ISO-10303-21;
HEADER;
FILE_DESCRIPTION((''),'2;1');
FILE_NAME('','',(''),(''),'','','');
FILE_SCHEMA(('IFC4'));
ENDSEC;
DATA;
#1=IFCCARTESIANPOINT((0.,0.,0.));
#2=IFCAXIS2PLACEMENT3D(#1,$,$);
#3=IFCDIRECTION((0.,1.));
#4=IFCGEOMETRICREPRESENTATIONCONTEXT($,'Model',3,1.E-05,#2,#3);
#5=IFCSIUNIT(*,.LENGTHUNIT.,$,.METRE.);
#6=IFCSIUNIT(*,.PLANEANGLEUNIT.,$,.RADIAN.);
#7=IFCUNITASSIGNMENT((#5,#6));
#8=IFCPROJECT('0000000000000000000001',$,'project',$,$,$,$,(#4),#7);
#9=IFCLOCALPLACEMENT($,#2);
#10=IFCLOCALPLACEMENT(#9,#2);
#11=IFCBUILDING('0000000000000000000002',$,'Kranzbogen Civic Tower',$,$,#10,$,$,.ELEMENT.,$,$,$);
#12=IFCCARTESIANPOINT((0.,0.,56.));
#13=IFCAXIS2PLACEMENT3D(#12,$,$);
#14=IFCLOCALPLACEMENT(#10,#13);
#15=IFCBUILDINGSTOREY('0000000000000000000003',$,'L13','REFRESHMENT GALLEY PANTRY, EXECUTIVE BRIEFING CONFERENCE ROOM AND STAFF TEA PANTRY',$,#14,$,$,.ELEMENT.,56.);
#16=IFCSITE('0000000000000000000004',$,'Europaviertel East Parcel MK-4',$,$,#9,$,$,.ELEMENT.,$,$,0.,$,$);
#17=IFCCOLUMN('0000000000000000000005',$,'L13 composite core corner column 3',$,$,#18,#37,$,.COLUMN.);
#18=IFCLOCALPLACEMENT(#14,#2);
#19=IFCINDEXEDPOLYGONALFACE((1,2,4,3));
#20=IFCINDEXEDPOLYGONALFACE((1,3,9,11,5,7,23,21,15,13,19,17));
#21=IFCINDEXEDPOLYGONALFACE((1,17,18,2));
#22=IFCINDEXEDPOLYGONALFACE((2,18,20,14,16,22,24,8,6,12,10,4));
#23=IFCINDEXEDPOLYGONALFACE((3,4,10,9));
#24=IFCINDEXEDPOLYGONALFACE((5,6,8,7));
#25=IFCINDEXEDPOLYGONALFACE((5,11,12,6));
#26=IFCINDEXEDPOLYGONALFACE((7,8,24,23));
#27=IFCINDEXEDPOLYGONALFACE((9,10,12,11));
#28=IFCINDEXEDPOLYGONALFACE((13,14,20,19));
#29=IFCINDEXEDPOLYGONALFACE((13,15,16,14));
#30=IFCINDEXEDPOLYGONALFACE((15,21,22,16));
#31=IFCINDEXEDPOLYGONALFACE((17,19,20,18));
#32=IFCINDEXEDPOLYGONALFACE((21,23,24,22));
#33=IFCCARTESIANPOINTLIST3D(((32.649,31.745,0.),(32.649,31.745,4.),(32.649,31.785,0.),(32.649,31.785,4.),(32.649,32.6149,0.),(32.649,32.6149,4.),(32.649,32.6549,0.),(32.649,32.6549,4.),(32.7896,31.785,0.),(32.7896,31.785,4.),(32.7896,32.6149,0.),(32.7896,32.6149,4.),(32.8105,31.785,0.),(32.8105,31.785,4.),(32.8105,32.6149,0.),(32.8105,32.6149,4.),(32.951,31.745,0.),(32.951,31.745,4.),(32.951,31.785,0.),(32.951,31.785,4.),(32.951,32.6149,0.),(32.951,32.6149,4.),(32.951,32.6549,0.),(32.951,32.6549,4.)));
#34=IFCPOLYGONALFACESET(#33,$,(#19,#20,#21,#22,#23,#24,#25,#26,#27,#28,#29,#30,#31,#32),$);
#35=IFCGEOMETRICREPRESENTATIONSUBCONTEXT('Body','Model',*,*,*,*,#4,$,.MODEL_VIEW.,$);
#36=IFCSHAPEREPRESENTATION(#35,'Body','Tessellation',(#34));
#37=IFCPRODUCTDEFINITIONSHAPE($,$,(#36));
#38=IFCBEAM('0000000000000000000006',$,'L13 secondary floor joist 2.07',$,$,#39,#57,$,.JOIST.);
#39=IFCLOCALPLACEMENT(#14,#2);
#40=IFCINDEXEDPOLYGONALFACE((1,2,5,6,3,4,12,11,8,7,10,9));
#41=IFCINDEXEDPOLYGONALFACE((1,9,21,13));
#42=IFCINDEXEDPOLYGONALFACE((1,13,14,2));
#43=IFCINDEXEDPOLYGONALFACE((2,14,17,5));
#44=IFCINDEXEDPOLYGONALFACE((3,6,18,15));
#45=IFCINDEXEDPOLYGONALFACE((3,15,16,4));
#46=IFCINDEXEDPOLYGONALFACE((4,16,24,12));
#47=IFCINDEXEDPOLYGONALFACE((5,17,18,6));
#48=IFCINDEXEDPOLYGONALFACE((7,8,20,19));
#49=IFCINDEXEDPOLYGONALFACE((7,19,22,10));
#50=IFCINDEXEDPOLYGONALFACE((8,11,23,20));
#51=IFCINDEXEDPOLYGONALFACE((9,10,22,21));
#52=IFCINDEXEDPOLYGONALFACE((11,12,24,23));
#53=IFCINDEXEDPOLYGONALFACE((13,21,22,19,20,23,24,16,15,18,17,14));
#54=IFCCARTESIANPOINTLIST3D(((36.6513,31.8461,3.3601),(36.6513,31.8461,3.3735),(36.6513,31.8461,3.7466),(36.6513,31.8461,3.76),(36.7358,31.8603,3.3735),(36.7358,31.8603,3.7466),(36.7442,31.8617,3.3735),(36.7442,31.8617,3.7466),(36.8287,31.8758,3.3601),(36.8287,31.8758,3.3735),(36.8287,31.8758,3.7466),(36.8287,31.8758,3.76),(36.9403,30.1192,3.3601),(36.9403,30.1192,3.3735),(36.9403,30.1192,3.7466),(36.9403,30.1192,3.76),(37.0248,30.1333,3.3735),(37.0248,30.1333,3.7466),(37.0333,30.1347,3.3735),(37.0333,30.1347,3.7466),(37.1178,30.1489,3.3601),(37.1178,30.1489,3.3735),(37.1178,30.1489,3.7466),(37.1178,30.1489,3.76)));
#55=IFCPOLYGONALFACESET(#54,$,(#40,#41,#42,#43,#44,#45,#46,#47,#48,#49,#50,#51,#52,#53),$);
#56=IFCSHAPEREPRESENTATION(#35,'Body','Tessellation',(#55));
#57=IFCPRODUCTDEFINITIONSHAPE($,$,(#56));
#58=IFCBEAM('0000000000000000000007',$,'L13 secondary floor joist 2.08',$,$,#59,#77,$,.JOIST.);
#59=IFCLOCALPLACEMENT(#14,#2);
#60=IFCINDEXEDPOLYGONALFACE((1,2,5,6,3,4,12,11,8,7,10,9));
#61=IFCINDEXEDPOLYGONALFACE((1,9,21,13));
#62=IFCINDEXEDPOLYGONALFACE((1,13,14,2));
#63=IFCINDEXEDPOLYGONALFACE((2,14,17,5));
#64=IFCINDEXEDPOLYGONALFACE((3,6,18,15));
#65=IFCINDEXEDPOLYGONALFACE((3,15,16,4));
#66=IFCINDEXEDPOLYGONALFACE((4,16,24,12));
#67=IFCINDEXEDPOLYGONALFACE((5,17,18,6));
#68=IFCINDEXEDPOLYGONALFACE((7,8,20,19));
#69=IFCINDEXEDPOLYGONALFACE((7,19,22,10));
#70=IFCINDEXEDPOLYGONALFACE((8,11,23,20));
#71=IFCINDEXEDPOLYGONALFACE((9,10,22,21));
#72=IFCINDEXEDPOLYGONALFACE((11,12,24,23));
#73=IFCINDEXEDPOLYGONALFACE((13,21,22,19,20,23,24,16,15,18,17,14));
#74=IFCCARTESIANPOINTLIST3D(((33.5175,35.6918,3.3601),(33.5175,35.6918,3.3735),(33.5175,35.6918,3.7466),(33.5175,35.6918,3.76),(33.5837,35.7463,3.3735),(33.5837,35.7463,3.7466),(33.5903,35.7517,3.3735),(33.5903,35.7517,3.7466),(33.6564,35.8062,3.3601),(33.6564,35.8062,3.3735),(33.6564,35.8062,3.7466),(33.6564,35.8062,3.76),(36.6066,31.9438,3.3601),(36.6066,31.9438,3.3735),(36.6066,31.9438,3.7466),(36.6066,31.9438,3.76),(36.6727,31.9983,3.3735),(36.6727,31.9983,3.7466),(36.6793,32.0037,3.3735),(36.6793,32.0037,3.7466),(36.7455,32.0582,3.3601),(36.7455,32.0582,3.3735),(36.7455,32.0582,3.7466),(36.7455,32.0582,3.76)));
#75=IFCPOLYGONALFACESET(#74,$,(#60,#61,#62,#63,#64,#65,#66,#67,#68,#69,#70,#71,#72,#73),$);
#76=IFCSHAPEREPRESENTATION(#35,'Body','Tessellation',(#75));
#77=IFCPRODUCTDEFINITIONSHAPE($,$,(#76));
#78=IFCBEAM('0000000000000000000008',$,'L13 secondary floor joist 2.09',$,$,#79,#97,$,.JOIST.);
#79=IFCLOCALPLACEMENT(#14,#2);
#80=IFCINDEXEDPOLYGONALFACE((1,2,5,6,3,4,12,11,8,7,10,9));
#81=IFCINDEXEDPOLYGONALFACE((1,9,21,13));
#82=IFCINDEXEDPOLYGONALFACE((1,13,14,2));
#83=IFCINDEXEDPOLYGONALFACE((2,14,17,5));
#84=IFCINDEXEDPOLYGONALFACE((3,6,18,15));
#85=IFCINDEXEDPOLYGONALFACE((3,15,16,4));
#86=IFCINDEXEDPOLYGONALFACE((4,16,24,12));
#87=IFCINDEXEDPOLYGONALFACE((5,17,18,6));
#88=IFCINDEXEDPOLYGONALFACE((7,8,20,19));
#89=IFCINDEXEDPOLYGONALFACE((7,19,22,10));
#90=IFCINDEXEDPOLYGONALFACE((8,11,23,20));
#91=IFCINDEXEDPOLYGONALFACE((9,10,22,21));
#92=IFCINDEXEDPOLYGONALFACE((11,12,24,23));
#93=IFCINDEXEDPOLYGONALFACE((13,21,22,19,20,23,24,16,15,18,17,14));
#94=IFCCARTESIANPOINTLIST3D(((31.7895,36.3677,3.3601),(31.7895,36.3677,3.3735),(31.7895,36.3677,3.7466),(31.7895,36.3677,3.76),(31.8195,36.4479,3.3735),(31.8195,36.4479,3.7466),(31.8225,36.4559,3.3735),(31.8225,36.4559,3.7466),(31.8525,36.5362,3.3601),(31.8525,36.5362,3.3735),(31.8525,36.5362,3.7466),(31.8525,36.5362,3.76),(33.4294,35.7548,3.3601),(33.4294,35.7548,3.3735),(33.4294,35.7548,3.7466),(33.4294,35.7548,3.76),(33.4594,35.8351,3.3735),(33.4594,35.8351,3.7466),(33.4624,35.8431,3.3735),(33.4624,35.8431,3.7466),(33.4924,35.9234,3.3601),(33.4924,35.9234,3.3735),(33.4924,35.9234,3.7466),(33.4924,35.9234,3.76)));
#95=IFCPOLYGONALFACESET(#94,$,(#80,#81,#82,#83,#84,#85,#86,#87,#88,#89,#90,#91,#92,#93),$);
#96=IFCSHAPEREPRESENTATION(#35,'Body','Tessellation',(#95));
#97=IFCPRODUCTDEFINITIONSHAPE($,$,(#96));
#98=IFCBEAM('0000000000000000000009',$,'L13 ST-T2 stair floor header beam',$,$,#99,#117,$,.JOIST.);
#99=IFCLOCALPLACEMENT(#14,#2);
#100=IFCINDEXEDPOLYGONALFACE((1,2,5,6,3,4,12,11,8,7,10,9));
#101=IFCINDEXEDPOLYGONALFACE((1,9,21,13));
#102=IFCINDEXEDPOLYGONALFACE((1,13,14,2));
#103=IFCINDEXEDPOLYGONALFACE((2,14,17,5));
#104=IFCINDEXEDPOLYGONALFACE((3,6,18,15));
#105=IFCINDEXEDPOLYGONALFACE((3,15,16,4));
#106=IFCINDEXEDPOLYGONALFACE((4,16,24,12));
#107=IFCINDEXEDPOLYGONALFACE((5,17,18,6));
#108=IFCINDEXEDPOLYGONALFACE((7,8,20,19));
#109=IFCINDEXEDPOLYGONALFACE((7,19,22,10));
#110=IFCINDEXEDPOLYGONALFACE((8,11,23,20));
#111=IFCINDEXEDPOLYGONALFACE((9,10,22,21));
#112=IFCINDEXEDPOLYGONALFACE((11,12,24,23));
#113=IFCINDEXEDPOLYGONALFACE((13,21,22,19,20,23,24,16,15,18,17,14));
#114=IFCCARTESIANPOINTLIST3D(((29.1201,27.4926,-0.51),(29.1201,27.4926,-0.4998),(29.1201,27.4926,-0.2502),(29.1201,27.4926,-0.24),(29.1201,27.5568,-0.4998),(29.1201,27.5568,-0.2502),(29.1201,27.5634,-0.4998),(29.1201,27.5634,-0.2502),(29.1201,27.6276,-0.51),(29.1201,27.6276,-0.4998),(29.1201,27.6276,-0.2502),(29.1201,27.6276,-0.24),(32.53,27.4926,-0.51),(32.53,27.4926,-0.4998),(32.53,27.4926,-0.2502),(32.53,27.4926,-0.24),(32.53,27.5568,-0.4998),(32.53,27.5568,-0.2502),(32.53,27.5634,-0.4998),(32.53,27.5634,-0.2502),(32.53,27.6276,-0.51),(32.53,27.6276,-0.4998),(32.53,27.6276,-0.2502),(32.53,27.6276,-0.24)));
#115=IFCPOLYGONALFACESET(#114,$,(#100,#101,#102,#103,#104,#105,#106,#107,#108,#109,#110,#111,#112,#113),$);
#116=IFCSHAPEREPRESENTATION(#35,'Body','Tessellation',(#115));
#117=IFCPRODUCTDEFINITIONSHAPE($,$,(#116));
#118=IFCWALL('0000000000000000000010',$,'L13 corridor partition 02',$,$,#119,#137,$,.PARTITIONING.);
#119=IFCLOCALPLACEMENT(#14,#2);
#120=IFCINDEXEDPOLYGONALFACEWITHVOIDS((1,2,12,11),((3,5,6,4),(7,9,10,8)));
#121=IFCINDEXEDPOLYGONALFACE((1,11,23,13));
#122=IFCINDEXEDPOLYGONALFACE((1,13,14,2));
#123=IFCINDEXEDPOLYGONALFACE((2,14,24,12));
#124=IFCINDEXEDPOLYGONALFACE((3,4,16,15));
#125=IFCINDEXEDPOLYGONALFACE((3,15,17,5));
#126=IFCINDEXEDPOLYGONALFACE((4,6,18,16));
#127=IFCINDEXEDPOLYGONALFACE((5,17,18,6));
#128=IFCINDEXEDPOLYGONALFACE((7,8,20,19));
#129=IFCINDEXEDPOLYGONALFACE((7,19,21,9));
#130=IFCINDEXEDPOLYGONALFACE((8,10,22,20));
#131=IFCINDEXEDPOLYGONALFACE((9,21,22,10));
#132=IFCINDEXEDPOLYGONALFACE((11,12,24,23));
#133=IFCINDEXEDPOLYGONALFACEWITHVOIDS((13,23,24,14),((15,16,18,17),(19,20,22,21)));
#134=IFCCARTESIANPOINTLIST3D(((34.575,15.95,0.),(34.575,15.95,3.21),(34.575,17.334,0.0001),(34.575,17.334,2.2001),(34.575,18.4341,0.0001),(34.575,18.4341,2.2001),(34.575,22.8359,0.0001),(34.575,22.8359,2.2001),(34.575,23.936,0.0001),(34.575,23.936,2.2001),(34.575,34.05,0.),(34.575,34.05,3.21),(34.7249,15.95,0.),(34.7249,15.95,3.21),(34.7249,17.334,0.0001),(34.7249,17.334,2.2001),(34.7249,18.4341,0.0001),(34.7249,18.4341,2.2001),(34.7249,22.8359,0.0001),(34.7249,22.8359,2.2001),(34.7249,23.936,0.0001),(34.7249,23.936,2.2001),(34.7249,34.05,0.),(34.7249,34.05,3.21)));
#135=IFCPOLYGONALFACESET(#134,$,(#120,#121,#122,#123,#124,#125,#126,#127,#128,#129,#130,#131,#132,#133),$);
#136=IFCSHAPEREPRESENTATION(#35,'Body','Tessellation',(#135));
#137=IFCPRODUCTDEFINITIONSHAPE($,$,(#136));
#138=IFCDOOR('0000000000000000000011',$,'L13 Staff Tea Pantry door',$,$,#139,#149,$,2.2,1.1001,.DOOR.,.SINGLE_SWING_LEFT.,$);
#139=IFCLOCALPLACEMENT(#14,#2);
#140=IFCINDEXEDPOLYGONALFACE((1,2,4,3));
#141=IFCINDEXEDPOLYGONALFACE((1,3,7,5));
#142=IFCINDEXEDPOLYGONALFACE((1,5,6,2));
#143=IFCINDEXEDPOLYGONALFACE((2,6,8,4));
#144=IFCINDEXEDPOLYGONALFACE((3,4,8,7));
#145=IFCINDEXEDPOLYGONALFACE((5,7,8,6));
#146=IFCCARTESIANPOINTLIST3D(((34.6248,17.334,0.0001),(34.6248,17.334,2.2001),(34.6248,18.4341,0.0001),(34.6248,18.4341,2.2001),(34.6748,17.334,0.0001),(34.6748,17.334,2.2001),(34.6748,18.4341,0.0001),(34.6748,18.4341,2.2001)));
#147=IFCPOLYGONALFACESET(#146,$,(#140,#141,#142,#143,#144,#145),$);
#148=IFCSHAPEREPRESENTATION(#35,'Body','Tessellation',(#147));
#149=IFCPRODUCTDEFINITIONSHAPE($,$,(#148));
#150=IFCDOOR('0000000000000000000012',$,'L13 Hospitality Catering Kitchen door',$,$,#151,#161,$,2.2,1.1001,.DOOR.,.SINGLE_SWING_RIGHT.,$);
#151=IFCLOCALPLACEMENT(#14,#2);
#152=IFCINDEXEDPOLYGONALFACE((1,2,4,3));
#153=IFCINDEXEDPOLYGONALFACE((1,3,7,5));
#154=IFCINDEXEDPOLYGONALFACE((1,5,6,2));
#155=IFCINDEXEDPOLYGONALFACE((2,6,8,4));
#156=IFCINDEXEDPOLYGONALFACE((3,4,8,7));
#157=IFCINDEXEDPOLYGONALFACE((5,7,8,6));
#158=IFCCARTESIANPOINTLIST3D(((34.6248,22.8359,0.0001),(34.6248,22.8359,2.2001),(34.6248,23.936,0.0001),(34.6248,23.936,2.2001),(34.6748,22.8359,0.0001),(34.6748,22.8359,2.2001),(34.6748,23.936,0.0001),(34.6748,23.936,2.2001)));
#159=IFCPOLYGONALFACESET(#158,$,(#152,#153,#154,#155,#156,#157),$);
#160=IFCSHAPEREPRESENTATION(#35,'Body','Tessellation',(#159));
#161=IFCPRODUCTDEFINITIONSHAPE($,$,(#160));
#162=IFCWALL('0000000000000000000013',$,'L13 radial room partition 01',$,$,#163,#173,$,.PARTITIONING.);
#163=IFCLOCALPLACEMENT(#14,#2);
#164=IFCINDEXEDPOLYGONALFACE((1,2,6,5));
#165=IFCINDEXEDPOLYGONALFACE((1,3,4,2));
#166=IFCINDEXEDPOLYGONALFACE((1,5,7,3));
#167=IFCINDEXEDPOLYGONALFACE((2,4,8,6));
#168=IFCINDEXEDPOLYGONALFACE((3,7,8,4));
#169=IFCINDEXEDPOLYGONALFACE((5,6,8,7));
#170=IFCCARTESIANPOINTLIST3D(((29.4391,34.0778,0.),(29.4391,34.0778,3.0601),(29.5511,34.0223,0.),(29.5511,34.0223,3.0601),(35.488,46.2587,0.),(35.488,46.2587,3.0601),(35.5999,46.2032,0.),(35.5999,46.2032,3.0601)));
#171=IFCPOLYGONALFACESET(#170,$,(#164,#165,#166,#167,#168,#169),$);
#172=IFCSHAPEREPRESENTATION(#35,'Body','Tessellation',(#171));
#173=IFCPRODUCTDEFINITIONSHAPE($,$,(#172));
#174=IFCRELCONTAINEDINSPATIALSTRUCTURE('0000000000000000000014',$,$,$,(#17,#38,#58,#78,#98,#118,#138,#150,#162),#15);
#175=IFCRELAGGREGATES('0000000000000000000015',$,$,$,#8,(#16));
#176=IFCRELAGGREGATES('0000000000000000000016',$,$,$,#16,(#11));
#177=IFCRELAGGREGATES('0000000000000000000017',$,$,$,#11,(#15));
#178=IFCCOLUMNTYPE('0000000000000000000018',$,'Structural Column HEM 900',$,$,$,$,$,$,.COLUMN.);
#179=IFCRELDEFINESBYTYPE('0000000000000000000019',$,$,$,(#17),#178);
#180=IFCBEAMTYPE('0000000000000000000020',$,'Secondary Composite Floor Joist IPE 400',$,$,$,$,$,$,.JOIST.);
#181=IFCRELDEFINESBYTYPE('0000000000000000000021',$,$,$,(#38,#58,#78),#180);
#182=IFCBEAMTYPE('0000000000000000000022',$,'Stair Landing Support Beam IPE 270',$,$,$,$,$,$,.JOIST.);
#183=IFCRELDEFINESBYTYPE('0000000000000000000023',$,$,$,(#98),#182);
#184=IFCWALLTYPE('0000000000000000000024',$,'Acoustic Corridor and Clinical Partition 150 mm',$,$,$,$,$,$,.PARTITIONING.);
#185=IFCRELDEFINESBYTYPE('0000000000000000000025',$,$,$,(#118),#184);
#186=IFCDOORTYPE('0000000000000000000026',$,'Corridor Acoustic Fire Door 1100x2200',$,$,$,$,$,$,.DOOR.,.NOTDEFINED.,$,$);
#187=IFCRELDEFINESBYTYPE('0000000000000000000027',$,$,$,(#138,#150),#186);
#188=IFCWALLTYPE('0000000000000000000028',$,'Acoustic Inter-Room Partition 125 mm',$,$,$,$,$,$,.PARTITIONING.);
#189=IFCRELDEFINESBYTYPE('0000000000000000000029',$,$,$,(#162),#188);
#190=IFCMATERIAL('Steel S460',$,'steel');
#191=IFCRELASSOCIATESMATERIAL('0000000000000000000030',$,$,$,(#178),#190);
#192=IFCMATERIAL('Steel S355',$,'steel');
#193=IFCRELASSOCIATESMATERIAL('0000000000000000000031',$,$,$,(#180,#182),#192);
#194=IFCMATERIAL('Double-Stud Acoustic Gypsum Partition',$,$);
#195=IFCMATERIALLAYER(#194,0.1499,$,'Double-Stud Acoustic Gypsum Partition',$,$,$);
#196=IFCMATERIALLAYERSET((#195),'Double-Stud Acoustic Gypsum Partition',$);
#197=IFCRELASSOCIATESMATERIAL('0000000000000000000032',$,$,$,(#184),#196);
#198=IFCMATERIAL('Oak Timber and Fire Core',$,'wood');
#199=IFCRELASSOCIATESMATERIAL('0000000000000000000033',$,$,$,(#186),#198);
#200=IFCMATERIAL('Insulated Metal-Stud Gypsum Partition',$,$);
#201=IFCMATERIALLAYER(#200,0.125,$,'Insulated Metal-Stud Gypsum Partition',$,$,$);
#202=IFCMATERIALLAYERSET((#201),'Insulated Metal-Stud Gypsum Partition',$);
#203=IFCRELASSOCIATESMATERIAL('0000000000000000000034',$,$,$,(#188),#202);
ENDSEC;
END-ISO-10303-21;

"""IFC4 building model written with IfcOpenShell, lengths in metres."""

from ifc_helpers import new_model, si_unit, direction, frame, frame_2d, origin, origin_2d, place, context, subcontext, project, spatial, rectangle, i_section, extrude, material, layer, layer_set, material_profile, profile_set, type_object, element, fill, save


model = new_model("IFC4")

# Units and contexts
model_context = context("Model", 3, precision=1e-05, world=origin(), true_north=direction((0.0, 1.0)))
body_context = subcontext(model_context, "Body", "Model", "MODEL_VIEW")
ifc_project = project(units=[si_unit("LENGTHUNIT", "METRE"), si_unit("PLANEANGLEUNIT", "RADIAN")], contexts=[model_context])

# Site, building, storey
site_placement = place(None, origin())
site = spatial("IfcSite", under=ifc_project, at=site_placement, Name="Europaviertel East Parcel MK-4", CompositionType="ELEMENT", RefElevation=0.0)
building_placement = place(site_placement, origin())
building = spatial("IfcBuilding", under=site, at=building_placement, Name="Kranzbogen Civic Tower", CompositionType="ELEMENT")
storey_placement = place(building_placement, frame((0.0, 0.0, 56.0)))
storey = spatial("IfcBuildingStorey", under=building, at=storey_placement, Name="L13", Description="REFRESHMENT GALLEY PANTRY, EXECUTIVE BRIEFING CONFERENCE ROOM AND STAFF TEA PANTRY", CompositionType="ELEMENT", Elevation=56.0)

# Column
ifc_material_1 = material(Name="Steel S460", Category="steel")
ifc_material_profile_1 = material_profile(ifc_material_1, i_section(OverallWidth=0.302, OverallDepth=0.9099, WebThickness=0.021, FlangeThickness=0.04, at=origin_2d()), Name="HEM 900")
ifc_profile_set_1 = profile_set([ifc_material_profile_1], Name="Steel S460")
column_type = type_object("IfcColumnType", Name="Structural Column HEM 900", PredefinedType="COLUMN", material=ifc_profile_set_1)
column_placement = place(storey_placement, frame((32.8, 32.2, 0.0), z_axis=(0.0, 0.0, 1.0), x_axis=(1.0, 0.0, 0.0)))
element("IfcColumn", 1, at=column_placement, inside=storey, type_object=column_type, Name="L13 composite core corner column 3", PredefinedType="COLUMN", context=body_context, shape_type="SweptSolid", body=[
    extrude(i_section(OverallWidth=0.302, OverallDepth=0.9099, WebThickness=0.021, FlangeThickness=0.04, at=origin_2d()), origin(), (0.0, 0.0, 1.0), 4.0),
])

# Beams
ifc_material_2 = material(Name="Steel S355", Category="steel")
ifc_material_profile_2 = material_profile(ifc_material_2, i_section(OverallWidth=0.1799, OverallDepth=0.3999, WebThickness=0.0085, FlangeThickness=0.0134, at=origin_2d()), Name="IPE 400")
ifc_profile_set_2 = profile_set([ifc_material_profile_2], Name="Steel S355")
beam_type_1 = type_object("IfcBeamType", Name="Secondary Composite Floor Joist IPE 400", PredefinedType="JOIST", material=ifc_profile_set_2)
beam_1_placement = place(storey_placement, frame((37.0291, 30.134, 3.5601), z_axis=(-0.165077, 0.986281, 0.0), x_axis=(-0.986281, -0.165077, 0.0)))
element("IfcBeam", 2, at=beam_1_placement, inside=storey, type_object=beam_type_1, Name="L13 secondary floor joist 2.07", PredefinedType="JOIST", context=body_context, shape_type="SweptSolid", body=[
    extrude(i_section(OverallWidth=0.1799, OverallDepth=0.3999, WebThickness=0.0085, FlangeThickness=0.0134, at=origin_2d()), origin(), (0.0, 0.0, 1.0), 1.751),
])
beam_2_placement = place(storey_placement, frame((36.676, 32.001, 3.5601), z_axis=(-0.636012, 0.771679, 0.0), x_axis=(-0.771679, -0.636012, 0.0)))
element("IfcBeam", 3, at=beam_2_placement, inside=storey, type_object=beam_type_1, Name="L13 secondary floor joist 2.08", PredefinedType="JOIST", context=body_context, shape_type="SweptSolid", body=[
    extrude(i_section(OverallWidth=0.1799, OverallDepth=0.3999, WebThickness=0.0085, FlangeThickness=0.0134, at=origin_2d()), origin(), (0.0, 0.0, 1.0), 4.8569),
])
beam_3_placement = place(storey_placement, frame((33.4609, 35.8391, 3.5601), z_axis=(-0.936735, 0.350038, 0.0), x_axis=(-0.350038, -0.936735, 0.0)))
element("IfcBeam", 4, at=beam_3_placement, inside=storey, type_object=beam_type_1, Name="L13 secondary floor joist 2.09", PredefinedType="JOIST", context=body_context, shape_type="SweptSolid", body=[
    extrude(i_section(OverallWidth=0.1799, OverallDepth=0.3999, WebThickness=0.0085, FlangeThickness=0.0134, at=origin_2d()), origin(), (0.0, 0.0, 1.0), 1.7507),
])
ifc_material_profile_3 = material_profile(ifc_material_2, i_section(OverallWidth=0.135, OverallDepth=0.27, WebThickness=0.0066, FlangeThickness=0.0103, at=origin_2d()), Name="IPE 270")
ifc_profile_set_3 = profile_set([ifc_material_profile_3], Name="Steel S355")
beam_type_2 = type_object("IfcBeamType", Name="Stair Landing Support Beam IPE 270", PredefinedType="JOIST", material=ifc_profile_set_3)
beam_4_placement = place(storey_placement, frame((29.1201, 27.5601, -0.375), z_axis=(1.0, 0.0, 0.0), x_axis=(0.0, 1.0, 0.0)))
element("IfcBeam", 5, at=beam_4_placement, inside=storey, type_object=beam_type_2, Name="L13 ST-T2 stair floor header beam", PredefinedType="JOIST", context=body_context, shape_type="SweptSolid", body=[
    extrude(i_section(OverallWidth=0.135, OverallDepth=0.27, WebThickness=0.0066, FlangeThickness=0.0103, at=origin_2d()), origin(), (0.0, 0.0, 1.0), 3.4099),
])

# Wall, openings, doors
ifc_material_3 = material(Name="Double-Stud Acoustic Gypsum Partition")
ifc_layer_1 = layer(ifc_material_3, 0.1499, Name="Double-Stud Acoustic Gypsum Partition")
ifc_layer_set_1 = layer_set([ifc_layer_1], Name="Double-Stud Acoustic Gypsum Partition")
wall_type_1 = type_object("IfcWallType", Name="Acoustic Corridor and Clinical Partition 150 mm", PredefinedType="PARTITIONING", material=ifc_layer_set_1)
wall_1_placement = place(storey_placement, frame((34.6499, 34.05, 0.0), z_axis=(0.0, 0.0, 1.0), x_axis=(0.0, -1.0, 0.0)))
wall_1 = element("IfcWall", 6, at=wall_1_placement, inside=storey, type_object=wall_type_1, Name="L13 corridor partition 02", PredefinedType="PARTITIONING", context=body_context, shape_type="SweptSolid", body=[
    extrude(rectangle(XDim=18.1001, YDim=0.1499, at=frame_2d((9.05, 0.0))), origin(), (0.0, 0.0, 1.0), 3.21),
])
opening_1_placement = place(wall_1_placement, frame((15.616, 0.0, 0.0)))
opening_1 = element("IfcOpeningElement", 7, at=opening_1_placement, cuts=wall_1, PredefinedType="OPENING", context=body_context, shape_type="SweptSolid", body=[
    extrude(rectangle(XDim=1.1001, YDim=2.2, at=frame_2d((0.55, 1.1001))), frame((0.0, 0.085, 0.0), z_axis=(0.0, -1.0, 0.0), x_axis=(1.0, 0.0, 0.0)), (0.0, 0.0, 1.0), 0.1699),
])
opening_2_placement = place(wall_1_placement, frame((10.114, 0.0, 0.0)))
opening_2 = element("IfcOpeningElement", 8, at=opening_2_placement, cuts=wall_1, PredefinedType="OPENING", context=body_context, shape_type="SweptSolid", body=[
    extrude(rectangle(XDim=1.1001, YDim=2.2, at=frame_2d((0.55, 1.1001))), frame((0.0, 0.085, 0.0), z_axis=(0.0, -1.0, 0.0), x_axis=(1.0, 0.0, 0.0)), (0.0, 0.0, 1.0), 0.1699),
])
ifc_material_4 = material(Name="Oak Timber and Fire Core", Category="wood")
door_type_1 = type_object("IfcDoorType", Name="Corridor Acoustic Fire Door 1100x2200", OperationType="NOTDEFINED", PredefinedType="DOOR", material=ifc_material_4)
door_1_placement = place(opening_1_placement, origin())
door_1 = element("IfcDoor", 9, at=door_1_placement, inside=storey, type_object=door_type_1, Name="L13 Staff Tea Pantry door", OperationType="SINGLE_SWING_LEFT", OverallHeight=2.2, OverallWidth=1.1001, PredefinedType="DOOR", context=body_context, shape_type="SweptSolid", body=[
    extrude(rectangle(XDim=1.1001, YDim=2.2, at=frame_2d((0.55, 1.1001))), frame((0.0, 0.0249, 0.0), z_axis=(0.0, -1.0, 0.0), x_axis=(1.0, 0.0, 0.0)), (0.0, 0.0, 1.0), 0.05),
])
fill(opening_1, door_1)
door_2_placement = place(opening_2_placement, origin())
door_2 = element("IfcDoor", 10, at=door_2_placement, inside=storey, type_object=door_type_1, Name="L13 Hospitality Catering Kitchen door", OperationType="SINGLE_SWING_RIGHT", OverallHeight=2.2, OverallWidth=1.1001, PredefinedType="DOOR", context=body_context, shape_type="SweptSolid", body=[
    extrude(rectangle(XDim=1.1001, YDim=2.2, at=frame_2d((0.55, 1.1001))), frame((0.0, 0.0249, 0.0), z_axis=(0.0, -1.0, 0.0), x_axis=(1.0, 0.0, 0.0)), (0.0, 0.0, 1.0), 0.05),
])
fill(opening_2, door_2)

# Wall
ifc_material_5 = material(Name="Insulated Metal-Stud Gypsum Partition")
ifc_layer_2 = layer(ifc_material_5, 0.125, Name="Insulated Metal-Stud Gypsum Partition")
ifc_layer_set_2 = layer_set([ifc_layer_2], Name="Insulated Metal-Stud Gypsum Partition")
wall_type_2 = type_object("IfcWallType", Name="Acoustic Inter-Room Partition 125 mm", PredefinedType="PARTITIONING", material=ifc_layer_set_2)
wall_2_placement = place(storey_placement, frame((29.4951, 34.05, 0.0), z_axis=(0.0, 0.0, 1.0), x_axis=(0.444763, 0.895648, 0.0)))
element("IfcWall", 11, at=wall_2_placement, inside=storey, type_object=wall_type_2, Name="L13 radial room partition 01", PredefinedType="PARTITIONING", context=body_context, shape_type="SweptSolid", body=[
    extrude(rectangle(XDim=13.6001, YDim=0.125, at=frame_2d((6.8, 0.0))), origin(), (0.0, 0.0, 1.0), 3.0601),
])

save(model, "model.ifc")
